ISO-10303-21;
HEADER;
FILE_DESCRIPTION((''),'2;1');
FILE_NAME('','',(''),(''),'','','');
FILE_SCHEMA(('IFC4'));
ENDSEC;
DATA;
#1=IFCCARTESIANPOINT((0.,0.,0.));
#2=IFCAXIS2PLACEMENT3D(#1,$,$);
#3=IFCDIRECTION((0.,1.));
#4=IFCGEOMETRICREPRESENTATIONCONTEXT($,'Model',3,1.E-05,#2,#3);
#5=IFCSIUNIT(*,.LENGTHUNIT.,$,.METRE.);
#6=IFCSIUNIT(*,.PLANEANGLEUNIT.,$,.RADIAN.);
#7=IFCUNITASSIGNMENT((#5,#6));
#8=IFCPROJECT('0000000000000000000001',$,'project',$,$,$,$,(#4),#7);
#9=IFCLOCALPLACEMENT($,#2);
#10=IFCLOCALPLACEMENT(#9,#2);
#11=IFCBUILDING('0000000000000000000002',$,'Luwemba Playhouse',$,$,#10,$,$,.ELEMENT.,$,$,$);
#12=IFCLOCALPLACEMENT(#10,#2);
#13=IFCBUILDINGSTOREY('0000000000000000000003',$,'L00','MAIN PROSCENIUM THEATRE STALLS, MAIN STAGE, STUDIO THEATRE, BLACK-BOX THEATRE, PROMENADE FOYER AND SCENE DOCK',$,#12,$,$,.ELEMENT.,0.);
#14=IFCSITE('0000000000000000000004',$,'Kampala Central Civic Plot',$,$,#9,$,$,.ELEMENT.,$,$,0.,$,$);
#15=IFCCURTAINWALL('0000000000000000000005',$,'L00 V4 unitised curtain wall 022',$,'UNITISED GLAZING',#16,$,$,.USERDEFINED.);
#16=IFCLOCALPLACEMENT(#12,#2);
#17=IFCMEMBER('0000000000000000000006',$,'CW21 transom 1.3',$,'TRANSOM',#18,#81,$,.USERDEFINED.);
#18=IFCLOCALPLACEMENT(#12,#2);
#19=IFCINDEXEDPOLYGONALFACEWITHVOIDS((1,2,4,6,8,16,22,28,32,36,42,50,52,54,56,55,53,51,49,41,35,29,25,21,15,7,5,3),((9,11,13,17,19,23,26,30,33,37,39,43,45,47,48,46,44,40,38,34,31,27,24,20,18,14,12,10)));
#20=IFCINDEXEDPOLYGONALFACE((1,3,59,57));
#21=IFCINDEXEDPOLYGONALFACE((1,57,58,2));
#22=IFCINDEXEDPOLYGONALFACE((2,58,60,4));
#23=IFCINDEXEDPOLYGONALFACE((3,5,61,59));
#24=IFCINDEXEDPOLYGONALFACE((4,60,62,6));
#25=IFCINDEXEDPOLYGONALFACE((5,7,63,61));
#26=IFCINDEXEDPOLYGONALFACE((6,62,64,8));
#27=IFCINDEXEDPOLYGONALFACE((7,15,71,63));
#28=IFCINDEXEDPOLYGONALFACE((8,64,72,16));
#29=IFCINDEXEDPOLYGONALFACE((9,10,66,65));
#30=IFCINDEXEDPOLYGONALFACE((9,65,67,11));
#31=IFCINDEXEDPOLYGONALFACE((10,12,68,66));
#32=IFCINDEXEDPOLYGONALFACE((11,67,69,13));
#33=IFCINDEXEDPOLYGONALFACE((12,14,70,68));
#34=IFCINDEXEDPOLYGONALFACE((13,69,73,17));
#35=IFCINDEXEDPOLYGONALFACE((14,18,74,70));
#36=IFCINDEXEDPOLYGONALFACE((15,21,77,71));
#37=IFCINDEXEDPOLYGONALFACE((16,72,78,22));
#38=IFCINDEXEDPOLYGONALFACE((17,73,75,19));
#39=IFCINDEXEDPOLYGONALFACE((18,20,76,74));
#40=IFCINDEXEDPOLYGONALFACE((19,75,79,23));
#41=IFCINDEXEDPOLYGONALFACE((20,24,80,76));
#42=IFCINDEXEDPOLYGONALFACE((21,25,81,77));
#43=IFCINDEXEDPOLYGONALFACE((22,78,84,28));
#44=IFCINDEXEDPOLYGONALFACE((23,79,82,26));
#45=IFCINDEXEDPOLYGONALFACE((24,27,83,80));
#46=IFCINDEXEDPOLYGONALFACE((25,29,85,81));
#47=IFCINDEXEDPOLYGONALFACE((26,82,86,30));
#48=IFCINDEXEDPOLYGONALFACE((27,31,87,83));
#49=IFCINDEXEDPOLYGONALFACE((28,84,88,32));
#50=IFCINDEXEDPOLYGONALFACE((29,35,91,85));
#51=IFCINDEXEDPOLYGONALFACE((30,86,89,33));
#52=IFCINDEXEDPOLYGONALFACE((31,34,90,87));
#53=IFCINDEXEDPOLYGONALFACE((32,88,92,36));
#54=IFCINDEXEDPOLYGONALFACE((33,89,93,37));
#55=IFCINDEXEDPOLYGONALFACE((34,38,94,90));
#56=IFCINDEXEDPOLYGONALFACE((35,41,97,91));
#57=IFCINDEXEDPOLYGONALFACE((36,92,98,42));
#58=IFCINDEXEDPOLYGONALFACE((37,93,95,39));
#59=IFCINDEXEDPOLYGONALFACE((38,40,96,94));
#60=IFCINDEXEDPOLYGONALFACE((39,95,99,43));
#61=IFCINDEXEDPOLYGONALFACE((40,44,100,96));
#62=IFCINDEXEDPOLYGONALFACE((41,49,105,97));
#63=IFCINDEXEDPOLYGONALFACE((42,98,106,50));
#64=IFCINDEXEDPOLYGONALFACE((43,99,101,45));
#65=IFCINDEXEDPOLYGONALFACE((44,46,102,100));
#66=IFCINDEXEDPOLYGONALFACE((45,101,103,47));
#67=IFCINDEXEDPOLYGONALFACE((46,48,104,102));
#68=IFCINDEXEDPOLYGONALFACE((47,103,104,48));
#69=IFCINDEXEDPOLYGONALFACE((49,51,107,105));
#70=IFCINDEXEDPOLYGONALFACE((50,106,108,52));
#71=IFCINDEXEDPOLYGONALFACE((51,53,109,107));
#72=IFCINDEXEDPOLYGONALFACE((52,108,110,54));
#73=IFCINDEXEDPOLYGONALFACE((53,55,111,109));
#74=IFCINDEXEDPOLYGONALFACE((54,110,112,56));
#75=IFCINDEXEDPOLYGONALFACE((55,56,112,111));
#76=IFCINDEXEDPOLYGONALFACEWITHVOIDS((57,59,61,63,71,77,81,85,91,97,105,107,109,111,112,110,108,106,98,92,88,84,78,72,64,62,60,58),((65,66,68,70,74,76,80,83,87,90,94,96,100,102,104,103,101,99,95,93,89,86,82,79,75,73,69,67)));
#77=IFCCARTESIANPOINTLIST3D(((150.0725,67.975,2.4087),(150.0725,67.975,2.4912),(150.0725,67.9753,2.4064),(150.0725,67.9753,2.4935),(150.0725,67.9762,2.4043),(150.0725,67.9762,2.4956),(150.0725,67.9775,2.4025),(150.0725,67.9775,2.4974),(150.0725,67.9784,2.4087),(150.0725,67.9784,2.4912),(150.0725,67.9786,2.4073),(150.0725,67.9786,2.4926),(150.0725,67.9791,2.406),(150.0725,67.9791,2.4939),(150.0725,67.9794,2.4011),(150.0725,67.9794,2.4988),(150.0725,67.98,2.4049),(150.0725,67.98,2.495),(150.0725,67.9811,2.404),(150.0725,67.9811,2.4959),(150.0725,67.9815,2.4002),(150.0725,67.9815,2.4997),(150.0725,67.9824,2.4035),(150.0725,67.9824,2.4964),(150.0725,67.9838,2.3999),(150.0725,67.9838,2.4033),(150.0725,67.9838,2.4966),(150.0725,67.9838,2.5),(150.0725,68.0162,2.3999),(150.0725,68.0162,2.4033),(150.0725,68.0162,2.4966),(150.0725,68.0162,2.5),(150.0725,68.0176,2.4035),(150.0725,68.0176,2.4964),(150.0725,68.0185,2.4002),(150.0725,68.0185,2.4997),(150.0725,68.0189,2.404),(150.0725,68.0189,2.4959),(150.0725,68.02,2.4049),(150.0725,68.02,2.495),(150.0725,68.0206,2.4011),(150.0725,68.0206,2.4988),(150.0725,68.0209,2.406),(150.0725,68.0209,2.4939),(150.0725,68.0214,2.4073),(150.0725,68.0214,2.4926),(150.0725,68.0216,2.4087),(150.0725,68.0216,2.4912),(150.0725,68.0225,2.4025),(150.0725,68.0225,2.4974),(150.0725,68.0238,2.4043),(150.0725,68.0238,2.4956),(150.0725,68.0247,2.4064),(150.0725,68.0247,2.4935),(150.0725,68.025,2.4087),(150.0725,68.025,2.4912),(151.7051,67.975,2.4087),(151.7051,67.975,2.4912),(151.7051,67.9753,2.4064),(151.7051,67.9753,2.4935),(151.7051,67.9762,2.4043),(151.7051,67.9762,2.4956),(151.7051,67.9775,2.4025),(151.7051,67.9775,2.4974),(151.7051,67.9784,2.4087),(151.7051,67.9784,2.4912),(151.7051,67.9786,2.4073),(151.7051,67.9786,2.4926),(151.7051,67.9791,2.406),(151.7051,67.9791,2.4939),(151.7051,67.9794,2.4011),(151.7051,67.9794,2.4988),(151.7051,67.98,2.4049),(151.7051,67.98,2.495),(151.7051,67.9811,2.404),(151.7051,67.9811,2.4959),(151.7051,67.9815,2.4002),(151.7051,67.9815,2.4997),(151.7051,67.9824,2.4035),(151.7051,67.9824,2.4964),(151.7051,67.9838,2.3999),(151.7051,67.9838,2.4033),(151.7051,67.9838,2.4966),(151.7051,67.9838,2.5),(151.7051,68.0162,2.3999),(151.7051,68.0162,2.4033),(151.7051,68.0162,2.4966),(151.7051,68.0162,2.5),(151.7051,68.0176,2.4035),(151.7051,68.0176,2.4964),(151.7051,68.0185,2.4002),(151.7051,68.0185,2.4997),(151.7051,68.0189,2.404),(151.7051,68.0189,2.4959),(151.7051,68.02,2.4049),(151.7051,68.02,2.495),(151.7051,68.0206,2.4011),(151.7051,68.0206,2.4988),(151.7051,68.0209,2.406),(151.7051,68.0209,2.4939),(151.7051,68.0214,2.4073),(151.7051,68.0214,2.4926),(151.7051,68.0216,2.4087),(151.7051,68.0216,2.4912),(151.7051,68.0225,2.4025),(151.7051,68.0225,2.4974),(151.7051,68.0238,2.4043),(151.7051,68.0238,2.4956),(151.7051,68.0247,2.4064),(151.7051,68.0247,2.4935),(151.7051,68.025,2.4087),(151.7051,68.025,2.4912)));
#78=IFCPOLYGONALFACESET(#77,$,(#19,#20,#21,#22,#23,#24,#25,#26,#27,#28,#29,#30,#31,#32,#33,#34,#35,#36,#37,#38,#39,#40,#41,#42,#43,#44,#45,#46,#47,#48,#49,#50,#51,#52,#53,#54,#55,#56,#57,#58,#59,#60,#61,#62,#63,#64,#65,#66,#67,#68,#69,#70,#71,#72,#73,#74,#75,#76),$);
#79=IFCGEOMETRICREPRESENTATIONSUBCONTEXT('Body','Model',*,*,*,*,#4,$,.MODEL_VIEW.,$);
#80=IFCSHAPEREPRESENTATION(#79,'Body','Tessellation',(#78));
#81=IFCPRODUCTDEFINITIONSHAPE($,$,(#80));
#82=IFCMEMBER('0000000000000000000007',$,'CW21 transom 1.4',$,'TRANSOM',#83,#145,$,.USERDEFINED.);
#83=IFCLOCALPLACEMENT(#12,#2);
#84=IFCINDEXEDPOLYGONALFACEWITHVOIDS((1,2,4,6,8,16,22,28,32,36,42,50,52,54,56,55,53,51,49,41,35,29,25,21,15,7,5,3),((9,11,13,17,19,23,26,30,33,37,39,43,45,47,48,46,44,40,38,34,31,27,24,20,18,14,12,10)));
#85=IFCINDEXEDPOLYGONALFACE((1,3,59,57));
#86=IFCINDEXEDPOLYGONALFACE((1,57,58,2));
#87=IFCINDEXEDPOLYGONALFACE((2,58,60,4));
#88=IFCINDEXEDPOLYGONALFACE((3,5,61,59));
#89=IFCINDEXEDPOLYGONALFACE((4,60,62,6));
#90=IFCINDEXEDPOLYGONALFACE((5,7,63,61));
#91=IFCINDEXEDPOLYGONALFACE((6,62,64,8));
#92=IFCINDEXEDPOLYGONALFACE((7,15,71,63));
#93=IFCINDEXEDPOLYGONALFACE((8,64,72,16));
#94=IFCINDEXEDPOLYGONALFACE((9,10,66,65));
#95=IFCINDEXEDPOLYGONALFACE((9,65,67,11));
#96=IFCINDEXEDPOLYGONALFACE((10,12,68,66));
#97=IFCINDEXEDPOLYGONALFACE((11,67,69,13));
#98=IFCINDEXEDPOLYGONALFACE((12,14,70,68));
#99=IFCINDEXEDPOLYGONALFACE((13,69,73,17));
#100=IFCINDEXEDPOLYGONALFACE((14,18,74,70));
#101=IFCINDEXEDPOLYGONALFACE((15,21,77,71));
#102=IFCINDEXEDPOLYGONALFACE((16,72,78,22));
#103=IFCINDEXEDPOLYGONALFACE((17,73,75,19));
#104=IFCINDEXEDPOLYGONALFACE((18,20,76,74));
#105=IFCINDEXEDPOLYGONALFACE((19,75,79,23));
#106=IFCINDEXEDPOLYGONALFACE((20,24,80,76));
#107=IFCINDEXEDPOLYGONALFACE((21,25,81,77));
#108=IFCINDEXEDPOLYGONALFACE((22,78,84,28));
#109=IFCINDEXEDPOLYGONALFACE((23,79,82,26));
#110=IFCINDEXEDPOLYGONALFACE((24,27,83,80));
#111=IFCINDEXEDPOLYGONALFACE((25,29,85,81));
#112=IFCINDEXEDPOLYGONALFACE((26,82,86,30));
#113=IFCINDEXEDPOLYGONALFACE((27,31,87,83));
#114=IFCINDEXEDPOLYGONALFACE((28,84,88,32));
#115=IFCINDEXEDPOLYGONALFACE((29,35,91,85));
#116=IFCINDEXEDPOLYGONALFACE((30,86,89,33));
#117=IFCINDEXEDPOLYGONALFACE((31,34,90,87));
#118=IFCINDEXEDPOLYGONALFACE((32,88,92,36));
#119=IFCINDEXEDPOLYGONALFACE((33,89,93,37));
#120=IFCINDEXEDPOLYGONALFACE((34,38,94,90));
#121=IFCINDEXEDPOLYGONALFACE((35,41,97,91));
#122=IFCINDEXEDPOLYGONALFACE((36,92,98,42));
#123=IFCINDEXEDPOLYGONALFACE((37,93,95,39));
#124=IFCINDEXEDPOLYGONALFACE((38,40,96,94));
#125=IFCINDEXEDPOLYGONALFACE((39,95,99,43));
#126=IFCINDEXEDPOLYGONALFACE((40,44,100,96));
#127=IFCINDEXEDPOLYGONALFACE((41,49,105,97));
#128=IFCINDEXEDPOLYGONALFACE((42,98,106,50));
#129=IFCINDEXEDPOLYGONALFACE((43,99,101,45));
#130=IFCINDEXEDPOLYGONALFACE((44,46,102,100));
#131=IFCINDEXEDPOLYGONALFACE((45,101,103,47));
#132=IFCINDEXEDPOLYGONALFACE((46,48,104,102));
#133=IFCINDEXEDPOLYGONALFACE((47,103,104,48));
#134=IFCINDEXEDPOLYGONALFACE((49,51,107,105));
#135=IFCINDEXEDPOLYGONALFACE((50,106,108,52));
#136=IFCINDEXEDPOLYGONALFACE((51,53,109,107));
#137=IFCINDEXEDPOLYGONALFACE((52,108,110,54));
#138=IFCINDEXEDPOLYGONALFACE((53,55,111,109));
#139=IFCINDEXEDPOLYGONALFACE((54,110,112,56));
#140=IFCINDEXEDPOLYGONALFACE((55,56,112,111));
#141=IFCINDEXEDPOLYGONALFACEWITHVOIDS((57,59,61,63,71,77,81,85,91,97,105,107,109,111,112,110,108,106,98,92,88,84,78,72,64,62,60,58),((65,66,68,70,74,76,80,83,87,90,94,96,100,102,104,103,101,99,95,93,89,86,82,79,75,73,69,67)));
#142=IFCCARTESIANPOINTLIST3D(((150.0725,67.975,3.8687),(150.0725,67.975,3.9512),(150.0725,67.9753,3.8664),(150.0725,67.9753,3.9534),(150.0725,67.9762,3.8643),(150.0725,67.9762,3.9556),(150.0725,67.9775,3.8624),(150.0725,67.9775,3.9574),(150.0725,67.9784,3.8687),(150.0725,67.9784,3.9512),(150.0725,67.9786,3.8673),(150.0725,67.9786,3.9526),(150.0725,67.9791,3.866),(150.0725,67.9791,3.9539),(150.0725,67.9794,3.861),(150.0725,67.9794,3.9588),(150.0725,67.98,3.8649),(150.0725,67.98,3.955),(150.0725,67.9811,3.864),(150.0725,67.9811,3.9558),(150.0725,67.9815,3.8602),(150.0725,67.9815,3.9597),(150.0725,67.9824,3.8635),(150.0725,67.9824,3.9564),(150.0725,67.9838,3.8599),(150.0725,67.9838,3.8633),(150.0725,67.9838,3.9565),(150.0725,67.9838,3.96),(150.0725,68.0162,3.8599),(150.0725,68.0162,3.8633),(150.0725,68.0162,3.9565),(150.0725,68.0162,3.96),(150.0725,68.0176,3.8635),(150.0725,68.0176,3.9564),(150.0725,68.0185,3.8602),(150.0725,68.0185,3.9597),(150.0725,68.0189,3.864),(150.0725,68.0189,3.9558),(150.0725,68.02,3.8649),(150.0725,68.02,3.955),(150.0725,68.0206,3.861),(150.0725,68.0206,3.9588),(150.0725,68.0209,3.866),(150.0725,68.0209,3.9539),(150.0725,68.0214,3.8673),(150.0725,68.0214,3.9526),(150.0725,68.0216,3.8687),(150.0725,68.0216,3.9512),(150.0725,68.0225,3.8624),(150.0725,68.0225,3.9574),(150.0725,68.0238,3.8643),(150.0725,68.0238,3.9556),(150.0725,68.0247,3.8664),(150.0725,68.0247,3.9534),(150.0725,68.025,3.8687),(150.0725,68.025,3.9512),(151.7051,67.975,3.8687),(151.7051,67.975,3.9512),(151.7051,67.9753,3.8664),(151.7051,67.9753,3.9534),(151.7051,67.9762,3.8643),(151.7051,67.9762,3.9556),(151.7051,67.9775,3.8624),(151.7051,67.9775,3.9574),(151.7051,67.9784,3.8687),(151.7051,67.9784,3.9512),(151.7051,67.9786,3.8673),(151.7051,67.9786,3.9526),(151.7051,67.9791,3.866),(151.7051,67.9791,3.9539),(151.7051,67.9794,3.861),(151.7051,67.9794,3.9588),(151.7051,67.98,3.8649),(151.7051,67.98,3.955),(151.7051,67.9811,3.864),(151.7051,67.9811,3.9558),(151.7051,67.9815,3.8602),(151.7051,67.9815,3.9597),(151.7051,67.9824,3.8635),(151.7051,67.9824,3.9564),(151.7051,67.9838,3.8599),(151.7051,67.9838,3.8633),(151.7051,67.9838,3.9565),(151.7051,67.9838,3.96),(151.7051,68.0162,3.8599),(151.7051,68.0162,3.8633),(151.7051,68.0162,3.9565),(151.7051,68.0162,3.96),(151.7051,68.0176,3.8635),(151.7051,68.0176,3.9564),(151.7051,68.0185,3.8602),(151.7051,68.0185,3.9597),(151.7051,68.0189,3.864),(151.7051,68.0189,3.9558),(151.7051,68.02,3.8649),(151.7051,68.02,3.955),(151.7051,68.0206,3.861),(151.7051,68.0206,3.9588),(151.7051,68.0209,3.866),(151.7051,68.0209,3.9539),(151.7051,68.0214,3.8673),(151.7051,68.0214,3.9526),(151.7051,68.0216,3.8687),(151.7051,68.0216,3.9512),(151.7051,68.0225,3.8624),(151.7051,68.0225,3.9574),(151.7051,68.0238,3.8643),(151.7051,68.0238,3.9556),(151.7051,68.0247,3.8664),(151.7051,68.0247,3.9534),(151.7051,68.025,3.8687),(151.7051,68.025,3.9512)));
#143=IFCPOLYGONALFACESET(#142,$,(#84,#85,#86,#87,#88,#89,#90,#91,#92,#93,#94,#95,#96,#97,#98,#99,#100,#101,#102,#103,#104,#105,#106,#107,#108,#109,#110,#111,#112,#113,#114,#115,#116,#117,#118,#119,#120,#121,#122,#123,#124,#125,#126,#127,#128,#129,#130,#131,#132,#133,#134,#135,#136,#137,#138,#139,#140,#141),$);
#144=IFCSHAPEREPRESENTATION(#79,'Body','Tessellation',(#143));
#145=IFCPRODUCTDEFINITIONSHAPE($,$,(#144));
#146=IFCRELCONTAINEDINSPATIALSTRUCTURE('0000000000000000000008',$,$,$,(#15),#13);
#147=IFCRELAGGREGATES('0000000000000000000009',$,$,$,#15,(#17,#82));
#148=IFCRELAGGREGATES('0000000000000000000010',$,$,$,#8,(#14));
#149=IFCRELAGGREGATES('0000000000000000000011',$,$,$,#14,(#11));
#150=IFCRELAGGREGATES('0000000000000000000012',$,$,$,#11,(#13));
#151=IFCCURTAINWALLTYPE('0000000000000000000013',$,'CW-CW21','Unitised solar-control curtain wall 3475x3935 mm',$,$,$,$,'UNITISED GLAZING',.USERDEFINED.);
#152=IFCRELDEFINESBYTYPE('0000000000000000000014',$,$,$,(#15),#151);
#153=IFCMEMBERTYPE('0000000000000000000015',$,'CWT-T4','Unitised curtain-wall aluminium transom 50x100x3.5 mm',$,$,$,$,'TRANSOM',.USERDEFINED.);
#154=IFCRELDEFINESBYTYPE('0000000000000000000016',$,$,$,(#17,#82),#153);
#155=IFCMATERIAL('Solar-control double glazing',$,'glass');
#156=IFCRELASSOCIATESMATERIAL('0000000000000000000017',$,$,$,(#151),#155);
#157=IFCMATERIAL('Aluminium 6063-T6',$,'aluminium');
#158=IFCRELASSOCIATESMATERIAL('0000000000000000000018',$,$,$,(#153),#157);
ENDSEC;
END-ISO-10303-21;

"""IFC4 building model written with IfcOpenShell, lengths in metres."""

from ifc_helpers import new_model, si_unit, direction, frame, origin, origin_2d, place, context, subcontext, project, spatial, hollow_rectangle, extrude, material, material_profile, profile_set, type_object, element, aggregate, save


model = new_model("IFC4")

# Units and contexts
model_context = context("Model", 3, precision=1e-05, world=origin(), true_north=direction((0.0, 1.0)))
body_context = subcontext(model_context, "Body", "Model", "MODEL_VIEW")
ifc_project = project(units=[si_unit("LENGTHUNIT", "METRE"), si_unit("PLANEANGLEUNIT", "RADIAN")], contexts=[model_context])

# Site, building, storey
site_placement = place(None, origin())
site = spatial("IfcSite", under=ifc_project, at=site_placement, Name="Kampala Central Civic Plot", CompositionType="ELEMENT", RefElevation=0.0)
building_placement = place(site_placement, origin())
building = spatial("IfcBuilding", under=site, at=building_placement, Name="Luwemba Playhouse", CompositionType="ELEMENT")
storey_placement = place(building_placement, origin())
storey = spatial("IfcBuildingStorey", under=building, at=storey_placement, Name="L00", Description="MAIN PROSCENIUM THEATRE STALLS, MAIN STAGE, STUDIO THEATRE, BLACK-BOX THEATRE, PROMENADE FOYER AND SCENE DOCK", CompositionType="ELEMENT", Elevation=0.0)

# Shared definitions
ifc_material_1 = material(Name="Solar-control double glazing", Category="glass")
ifc_material_2 = material(Name="Aluminium 6063-T6", Category="aluminium")

# Curtain wall, members
curtain_wall_type_1 = type_object("IfcCurtainWallType", Name="CW-CW21", Description="Unitised solar-control curtain wall 3475x3935 mm", ElementType="UNITISED GLAZING", PredefinedType="USERDEFINED", material=ifc_material_1)
curtain_wall_1_placement = place(storey_placement, origin())
curtain_wall_1 = element("IfcCurtainWall", 1, at=curtain_wall_1_placement, inside=storey, type_object=curtain_wall_type_1, Name="L00 V4 unitised curtain wall 022", ObjectType="UNITISED GLAZING", PredefinedType="USERDEFINED")
ifc_material_profile_1 = material_profile(ifc_material_2, hollow_rectangle(XDim=0.05, YDim=0.1001, WallThickness=0.0034, InnerFilletRadius=0.0054, OuterFilletRadius=0.0088, at=origin_2d()))
ifc_profile_set_1 = profile_set([ifc_material_profile_1], Name="Aluminium 6063-T6")
member_type_1 = type_object("IfcMemberType", Name="CWT-T4", Description="Unitised curtain-wall aluminium transom 50x100x3.5 mm", ElementType="TRANSOM", PredefinedType="USERDEFINED", material=ifc_profile_set_1)
member_1_placement = place(storey_placement, frame((151.7051, 68.0, 2.45), z_axis=(-1.0, 0.0, 0.0), x_axis=(0.0, -1.0, 0.0)))
member_1 = element("IfcMember", 2, at=member_1_placement, type_object=member_type_1, Name="CW21 transom 1.3", ObjectType="TRANSOM", PredefinedType="USERDEFINED", context=body_context, shape_type="SweptSolid", body=[
    extrude(hollow_rectangle(XDim=0.05, YDim=0.1001, WallThickness=0.0034, InnerFilletRadius=0.0054, OuterFilletRadius=0.0088, at=origin_2d()), origin(), (0.0, 0.0, 1.0), 1.6326),
])
member_2_placement = place(storey_placement, frame((151.7051, 68.0, 3.9099), z_axis=(-1.0, 0.0, 0.0), x_axis=(0.0, -1.0, 0.0)))
member_2 = element("IfcMember", 3, at=member_2_placement, type_object=member_type_1, Name="CW21 transom 1.4", ObjectType="TRANSOM", PredefinedType="USERDEFINED", context=body_context, shape_type="SweptSolid", body=[
    extrude(hollow_rectangle(XDim=0.05, YDim=0.1001, WallThickness=0.0034, InnerFilletRadius=0.0054, OuterFilletRadius=0.0088, at=origin_2d()), origin(), (0.0, 0.0, 1.0), 1.6326),
])

aggregate(curtain_wall_1, [member_1, member_2])

save(model, "model.ifc")
